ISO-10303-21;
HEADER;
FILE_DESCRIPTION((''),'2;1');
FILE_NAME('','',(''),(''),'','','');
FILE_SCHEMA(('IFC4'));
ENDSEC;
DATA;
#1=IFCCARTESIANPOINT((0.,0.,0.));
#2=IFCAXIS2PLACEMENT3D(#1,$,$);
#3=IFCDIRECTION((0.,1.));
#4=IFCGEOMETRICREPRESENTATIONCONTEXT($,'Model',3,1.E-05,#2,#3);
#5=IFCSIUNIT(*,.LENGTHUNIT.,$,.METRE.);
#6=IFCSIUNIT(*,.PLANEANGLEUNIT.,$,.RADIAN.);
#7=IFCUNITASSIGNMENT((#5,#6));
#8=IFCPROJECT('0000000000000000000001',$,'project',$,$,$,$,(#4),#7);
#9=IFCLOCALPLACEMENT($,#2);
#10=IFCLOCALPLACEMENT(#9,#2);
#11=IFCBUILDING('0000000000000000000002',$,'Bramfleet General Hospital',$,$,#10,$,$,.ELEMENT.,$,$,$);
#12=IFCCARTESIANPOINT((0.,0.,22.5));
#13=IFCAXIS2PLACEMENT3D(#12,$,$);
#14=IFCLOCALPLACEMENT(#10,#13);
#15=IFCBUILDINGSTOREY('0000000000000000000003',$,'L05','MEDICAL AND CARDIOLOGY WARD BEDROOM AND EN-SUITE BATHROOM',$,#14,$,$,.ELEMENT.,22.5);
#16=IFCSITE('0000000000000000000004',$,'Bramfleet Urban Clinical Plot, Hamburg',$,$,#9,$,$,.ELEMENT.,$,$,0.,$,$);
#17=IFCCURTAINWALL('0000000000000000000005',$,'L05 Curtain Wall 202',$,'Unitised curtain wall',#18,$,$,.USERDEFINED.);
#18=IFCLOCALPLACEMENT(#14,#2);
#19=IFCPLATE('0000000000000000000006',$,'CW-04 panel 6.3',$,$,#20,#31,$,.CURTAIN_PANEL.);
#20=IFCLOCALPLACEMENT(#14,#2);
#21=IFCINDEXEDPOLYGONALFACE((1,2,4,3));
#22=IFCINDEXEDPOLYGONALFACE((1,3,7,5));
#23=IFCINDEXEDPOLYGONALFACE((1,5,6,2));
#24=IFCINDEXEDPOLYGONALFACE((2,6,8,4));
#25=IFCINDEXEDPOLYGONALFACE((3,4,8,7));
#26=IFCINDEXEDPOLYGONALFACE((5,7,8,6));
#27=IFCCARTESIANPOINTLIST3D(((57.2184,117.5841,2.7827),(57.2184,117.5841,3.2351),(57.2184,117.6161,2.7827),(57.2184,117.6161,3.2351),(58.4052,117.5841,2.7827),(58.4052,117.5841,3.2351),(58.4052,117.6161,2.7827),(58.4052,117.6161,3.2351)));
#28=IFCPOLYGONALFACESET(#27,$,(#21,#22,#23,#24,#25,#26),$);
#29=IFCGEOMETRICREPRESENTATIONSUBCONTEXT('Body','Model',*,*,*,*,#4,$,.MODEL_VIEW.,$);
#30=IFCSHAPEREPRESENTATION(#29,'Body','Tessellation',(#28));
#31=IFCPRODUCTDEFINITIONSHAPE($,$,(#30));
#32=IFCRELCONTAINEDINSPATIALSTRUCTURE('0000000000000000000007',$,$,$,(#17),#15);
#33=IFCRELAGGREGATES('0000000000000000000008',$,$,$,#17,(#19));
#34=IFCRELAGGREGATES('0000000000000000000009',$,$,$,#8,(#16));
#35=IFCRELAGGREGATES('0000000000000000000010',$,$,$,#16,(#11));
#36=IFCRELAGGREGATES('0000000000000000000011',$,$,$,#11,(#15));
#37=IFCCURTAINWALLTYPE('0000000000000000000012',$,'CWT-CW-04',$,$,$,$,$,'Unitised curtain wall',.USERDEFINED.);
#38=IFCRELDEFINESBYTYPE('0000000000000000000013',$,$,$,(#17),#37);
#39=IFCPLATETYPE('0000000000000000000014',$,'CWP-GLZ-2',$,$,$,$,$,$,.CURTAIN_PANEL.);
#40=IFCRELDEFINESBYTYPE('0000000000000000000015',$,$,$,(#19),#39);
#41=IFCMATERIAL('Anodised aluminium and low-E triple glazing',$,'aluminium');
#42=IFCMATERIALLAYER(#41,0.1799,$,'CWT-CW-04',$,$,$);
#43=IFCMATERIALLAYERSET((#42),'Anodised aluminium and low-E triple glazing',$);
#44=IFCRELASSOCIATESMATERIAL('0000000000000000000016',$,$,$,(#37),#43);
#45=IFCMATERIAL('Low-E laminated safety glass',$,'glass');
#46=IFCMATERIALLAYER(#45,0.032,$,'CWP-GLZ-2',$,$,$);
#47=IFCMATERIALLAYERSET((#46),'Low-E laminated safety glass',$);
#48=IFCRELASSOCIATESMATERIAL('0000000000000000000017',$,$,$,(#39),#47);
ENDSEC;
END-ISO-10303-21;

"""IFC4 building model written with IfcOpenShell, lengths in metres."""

from ifc_helpers import new_model, si_unit, direction, frame, origin, origin_2d, place, context, subcontext, project, spatial, rectangle, extrude, material, layer, layer_set, type_object, element, aggregate, save


model = new_model("IFC4")

# Units and contexts
model_context = context("Model", 3, precision=1e-05, world=origin(), true_north=direction((0.0, 1.0)))
body_context = subcontext(model_context, "Body", "Model", "MODEL_VIEW")
ifc_project = project(units=[si_unit("LENGTHUNIT", "METRE"), si_unit("PLANEANGLEUNIT", "RADIAN")], contexts=[model_context])

# Site, building, storey
site_placement = place(None, origin())
site = spatial("IfcSite", under=ifc_project, at=site_placement, Name="Bramfleet Urban Clinical Plot, Hamburg", CompositionType="ELEMENT", RefElevation=0.0)
building_placement = place(site_placement, origin())
building = spatial("IfcBuilding", under=site, at=building_placement, Name="Bramfleet General Hospital", CompositionType="ELEMENT")
storey_placement = place(building_placement, frame((0.0, 0.0, 22.5)))
storey = spatial("IfcBuildingStorey", under=building, at=storey_placement, Name="L05", Description="MEDICAL AND CARDIOLOGY WARD BEDROOM AND EN-SUITE BATHROOM", CompositionType="ELEMENT", Elevation=22.5)

# Curtain wall, plate
ifc_material_1 = material(Name="Anodised aluminium and low-E triple glazing", Category="aluminium")
ifc_layer_1 = layer(ifc_material_1, 0.1799, Name="CWT-CW-04")
ifc_layer_set_1 = layer_set([ifc_layer_1], Name="Anodised aluminium and low-E triple glazing")
curtain_wall_type = type_object("IfcCurtainWallType", Name="CWT-CW-04", ElementType="Unitised curtain wall", PredefinedType="USERDEFINED", material=ifc_layer_set_1)
curtain_wall_placement = place(storey_placement, origin())
curtain_wall = element("IfcCurtainWall", 1, at=curtain_wall_placement, inside=storey, type_object=curtain_wall_type, Name="L05 Curtain Wall 202", ObjectType="Unitised curtain wall", PredefinedType="USERDEFINED")
ifc_material_2 = material(Name="Low-E laminated safety glass", Category="glass")
ifc_layer_2 = layer(ifc_material_2, 0.032, Name="CWP-GLZ-2")
ifc_layer_set_2 = layer_set([ifc_layer_2], Name="Low-E laminated safety glass")
plate_type = type_object("IfcPlateType", Name="CWP-GLZ-2", PredefinedType="CURTAIN_PANEL", material=ifc_layer_set_2)
plate_1_placement = place(storey_placement, frame((57.8118, 117.6001, 2.7827), z_axis=(0.0, 0.0, 1.0), x_axis=(1.0, 0.0, 0.0)))
plate_1 = element("IfcPlate", 2, at=plate_1_placement, type_object=plate_type, Name="CW-04 panel 6.3", PredefinedType="CURTAIN_PANEL", context=body_context, shape_type="SweptSolid", body=[
    extrude(rectangle(XDim=1.1868, YDim=0.032, at=origin_2d()), origin(), (0.0, 0.0, 1.0), 0.4524),
])
aggregate(curtain_wall, [plate_1])

save(model, "model.ifc")
